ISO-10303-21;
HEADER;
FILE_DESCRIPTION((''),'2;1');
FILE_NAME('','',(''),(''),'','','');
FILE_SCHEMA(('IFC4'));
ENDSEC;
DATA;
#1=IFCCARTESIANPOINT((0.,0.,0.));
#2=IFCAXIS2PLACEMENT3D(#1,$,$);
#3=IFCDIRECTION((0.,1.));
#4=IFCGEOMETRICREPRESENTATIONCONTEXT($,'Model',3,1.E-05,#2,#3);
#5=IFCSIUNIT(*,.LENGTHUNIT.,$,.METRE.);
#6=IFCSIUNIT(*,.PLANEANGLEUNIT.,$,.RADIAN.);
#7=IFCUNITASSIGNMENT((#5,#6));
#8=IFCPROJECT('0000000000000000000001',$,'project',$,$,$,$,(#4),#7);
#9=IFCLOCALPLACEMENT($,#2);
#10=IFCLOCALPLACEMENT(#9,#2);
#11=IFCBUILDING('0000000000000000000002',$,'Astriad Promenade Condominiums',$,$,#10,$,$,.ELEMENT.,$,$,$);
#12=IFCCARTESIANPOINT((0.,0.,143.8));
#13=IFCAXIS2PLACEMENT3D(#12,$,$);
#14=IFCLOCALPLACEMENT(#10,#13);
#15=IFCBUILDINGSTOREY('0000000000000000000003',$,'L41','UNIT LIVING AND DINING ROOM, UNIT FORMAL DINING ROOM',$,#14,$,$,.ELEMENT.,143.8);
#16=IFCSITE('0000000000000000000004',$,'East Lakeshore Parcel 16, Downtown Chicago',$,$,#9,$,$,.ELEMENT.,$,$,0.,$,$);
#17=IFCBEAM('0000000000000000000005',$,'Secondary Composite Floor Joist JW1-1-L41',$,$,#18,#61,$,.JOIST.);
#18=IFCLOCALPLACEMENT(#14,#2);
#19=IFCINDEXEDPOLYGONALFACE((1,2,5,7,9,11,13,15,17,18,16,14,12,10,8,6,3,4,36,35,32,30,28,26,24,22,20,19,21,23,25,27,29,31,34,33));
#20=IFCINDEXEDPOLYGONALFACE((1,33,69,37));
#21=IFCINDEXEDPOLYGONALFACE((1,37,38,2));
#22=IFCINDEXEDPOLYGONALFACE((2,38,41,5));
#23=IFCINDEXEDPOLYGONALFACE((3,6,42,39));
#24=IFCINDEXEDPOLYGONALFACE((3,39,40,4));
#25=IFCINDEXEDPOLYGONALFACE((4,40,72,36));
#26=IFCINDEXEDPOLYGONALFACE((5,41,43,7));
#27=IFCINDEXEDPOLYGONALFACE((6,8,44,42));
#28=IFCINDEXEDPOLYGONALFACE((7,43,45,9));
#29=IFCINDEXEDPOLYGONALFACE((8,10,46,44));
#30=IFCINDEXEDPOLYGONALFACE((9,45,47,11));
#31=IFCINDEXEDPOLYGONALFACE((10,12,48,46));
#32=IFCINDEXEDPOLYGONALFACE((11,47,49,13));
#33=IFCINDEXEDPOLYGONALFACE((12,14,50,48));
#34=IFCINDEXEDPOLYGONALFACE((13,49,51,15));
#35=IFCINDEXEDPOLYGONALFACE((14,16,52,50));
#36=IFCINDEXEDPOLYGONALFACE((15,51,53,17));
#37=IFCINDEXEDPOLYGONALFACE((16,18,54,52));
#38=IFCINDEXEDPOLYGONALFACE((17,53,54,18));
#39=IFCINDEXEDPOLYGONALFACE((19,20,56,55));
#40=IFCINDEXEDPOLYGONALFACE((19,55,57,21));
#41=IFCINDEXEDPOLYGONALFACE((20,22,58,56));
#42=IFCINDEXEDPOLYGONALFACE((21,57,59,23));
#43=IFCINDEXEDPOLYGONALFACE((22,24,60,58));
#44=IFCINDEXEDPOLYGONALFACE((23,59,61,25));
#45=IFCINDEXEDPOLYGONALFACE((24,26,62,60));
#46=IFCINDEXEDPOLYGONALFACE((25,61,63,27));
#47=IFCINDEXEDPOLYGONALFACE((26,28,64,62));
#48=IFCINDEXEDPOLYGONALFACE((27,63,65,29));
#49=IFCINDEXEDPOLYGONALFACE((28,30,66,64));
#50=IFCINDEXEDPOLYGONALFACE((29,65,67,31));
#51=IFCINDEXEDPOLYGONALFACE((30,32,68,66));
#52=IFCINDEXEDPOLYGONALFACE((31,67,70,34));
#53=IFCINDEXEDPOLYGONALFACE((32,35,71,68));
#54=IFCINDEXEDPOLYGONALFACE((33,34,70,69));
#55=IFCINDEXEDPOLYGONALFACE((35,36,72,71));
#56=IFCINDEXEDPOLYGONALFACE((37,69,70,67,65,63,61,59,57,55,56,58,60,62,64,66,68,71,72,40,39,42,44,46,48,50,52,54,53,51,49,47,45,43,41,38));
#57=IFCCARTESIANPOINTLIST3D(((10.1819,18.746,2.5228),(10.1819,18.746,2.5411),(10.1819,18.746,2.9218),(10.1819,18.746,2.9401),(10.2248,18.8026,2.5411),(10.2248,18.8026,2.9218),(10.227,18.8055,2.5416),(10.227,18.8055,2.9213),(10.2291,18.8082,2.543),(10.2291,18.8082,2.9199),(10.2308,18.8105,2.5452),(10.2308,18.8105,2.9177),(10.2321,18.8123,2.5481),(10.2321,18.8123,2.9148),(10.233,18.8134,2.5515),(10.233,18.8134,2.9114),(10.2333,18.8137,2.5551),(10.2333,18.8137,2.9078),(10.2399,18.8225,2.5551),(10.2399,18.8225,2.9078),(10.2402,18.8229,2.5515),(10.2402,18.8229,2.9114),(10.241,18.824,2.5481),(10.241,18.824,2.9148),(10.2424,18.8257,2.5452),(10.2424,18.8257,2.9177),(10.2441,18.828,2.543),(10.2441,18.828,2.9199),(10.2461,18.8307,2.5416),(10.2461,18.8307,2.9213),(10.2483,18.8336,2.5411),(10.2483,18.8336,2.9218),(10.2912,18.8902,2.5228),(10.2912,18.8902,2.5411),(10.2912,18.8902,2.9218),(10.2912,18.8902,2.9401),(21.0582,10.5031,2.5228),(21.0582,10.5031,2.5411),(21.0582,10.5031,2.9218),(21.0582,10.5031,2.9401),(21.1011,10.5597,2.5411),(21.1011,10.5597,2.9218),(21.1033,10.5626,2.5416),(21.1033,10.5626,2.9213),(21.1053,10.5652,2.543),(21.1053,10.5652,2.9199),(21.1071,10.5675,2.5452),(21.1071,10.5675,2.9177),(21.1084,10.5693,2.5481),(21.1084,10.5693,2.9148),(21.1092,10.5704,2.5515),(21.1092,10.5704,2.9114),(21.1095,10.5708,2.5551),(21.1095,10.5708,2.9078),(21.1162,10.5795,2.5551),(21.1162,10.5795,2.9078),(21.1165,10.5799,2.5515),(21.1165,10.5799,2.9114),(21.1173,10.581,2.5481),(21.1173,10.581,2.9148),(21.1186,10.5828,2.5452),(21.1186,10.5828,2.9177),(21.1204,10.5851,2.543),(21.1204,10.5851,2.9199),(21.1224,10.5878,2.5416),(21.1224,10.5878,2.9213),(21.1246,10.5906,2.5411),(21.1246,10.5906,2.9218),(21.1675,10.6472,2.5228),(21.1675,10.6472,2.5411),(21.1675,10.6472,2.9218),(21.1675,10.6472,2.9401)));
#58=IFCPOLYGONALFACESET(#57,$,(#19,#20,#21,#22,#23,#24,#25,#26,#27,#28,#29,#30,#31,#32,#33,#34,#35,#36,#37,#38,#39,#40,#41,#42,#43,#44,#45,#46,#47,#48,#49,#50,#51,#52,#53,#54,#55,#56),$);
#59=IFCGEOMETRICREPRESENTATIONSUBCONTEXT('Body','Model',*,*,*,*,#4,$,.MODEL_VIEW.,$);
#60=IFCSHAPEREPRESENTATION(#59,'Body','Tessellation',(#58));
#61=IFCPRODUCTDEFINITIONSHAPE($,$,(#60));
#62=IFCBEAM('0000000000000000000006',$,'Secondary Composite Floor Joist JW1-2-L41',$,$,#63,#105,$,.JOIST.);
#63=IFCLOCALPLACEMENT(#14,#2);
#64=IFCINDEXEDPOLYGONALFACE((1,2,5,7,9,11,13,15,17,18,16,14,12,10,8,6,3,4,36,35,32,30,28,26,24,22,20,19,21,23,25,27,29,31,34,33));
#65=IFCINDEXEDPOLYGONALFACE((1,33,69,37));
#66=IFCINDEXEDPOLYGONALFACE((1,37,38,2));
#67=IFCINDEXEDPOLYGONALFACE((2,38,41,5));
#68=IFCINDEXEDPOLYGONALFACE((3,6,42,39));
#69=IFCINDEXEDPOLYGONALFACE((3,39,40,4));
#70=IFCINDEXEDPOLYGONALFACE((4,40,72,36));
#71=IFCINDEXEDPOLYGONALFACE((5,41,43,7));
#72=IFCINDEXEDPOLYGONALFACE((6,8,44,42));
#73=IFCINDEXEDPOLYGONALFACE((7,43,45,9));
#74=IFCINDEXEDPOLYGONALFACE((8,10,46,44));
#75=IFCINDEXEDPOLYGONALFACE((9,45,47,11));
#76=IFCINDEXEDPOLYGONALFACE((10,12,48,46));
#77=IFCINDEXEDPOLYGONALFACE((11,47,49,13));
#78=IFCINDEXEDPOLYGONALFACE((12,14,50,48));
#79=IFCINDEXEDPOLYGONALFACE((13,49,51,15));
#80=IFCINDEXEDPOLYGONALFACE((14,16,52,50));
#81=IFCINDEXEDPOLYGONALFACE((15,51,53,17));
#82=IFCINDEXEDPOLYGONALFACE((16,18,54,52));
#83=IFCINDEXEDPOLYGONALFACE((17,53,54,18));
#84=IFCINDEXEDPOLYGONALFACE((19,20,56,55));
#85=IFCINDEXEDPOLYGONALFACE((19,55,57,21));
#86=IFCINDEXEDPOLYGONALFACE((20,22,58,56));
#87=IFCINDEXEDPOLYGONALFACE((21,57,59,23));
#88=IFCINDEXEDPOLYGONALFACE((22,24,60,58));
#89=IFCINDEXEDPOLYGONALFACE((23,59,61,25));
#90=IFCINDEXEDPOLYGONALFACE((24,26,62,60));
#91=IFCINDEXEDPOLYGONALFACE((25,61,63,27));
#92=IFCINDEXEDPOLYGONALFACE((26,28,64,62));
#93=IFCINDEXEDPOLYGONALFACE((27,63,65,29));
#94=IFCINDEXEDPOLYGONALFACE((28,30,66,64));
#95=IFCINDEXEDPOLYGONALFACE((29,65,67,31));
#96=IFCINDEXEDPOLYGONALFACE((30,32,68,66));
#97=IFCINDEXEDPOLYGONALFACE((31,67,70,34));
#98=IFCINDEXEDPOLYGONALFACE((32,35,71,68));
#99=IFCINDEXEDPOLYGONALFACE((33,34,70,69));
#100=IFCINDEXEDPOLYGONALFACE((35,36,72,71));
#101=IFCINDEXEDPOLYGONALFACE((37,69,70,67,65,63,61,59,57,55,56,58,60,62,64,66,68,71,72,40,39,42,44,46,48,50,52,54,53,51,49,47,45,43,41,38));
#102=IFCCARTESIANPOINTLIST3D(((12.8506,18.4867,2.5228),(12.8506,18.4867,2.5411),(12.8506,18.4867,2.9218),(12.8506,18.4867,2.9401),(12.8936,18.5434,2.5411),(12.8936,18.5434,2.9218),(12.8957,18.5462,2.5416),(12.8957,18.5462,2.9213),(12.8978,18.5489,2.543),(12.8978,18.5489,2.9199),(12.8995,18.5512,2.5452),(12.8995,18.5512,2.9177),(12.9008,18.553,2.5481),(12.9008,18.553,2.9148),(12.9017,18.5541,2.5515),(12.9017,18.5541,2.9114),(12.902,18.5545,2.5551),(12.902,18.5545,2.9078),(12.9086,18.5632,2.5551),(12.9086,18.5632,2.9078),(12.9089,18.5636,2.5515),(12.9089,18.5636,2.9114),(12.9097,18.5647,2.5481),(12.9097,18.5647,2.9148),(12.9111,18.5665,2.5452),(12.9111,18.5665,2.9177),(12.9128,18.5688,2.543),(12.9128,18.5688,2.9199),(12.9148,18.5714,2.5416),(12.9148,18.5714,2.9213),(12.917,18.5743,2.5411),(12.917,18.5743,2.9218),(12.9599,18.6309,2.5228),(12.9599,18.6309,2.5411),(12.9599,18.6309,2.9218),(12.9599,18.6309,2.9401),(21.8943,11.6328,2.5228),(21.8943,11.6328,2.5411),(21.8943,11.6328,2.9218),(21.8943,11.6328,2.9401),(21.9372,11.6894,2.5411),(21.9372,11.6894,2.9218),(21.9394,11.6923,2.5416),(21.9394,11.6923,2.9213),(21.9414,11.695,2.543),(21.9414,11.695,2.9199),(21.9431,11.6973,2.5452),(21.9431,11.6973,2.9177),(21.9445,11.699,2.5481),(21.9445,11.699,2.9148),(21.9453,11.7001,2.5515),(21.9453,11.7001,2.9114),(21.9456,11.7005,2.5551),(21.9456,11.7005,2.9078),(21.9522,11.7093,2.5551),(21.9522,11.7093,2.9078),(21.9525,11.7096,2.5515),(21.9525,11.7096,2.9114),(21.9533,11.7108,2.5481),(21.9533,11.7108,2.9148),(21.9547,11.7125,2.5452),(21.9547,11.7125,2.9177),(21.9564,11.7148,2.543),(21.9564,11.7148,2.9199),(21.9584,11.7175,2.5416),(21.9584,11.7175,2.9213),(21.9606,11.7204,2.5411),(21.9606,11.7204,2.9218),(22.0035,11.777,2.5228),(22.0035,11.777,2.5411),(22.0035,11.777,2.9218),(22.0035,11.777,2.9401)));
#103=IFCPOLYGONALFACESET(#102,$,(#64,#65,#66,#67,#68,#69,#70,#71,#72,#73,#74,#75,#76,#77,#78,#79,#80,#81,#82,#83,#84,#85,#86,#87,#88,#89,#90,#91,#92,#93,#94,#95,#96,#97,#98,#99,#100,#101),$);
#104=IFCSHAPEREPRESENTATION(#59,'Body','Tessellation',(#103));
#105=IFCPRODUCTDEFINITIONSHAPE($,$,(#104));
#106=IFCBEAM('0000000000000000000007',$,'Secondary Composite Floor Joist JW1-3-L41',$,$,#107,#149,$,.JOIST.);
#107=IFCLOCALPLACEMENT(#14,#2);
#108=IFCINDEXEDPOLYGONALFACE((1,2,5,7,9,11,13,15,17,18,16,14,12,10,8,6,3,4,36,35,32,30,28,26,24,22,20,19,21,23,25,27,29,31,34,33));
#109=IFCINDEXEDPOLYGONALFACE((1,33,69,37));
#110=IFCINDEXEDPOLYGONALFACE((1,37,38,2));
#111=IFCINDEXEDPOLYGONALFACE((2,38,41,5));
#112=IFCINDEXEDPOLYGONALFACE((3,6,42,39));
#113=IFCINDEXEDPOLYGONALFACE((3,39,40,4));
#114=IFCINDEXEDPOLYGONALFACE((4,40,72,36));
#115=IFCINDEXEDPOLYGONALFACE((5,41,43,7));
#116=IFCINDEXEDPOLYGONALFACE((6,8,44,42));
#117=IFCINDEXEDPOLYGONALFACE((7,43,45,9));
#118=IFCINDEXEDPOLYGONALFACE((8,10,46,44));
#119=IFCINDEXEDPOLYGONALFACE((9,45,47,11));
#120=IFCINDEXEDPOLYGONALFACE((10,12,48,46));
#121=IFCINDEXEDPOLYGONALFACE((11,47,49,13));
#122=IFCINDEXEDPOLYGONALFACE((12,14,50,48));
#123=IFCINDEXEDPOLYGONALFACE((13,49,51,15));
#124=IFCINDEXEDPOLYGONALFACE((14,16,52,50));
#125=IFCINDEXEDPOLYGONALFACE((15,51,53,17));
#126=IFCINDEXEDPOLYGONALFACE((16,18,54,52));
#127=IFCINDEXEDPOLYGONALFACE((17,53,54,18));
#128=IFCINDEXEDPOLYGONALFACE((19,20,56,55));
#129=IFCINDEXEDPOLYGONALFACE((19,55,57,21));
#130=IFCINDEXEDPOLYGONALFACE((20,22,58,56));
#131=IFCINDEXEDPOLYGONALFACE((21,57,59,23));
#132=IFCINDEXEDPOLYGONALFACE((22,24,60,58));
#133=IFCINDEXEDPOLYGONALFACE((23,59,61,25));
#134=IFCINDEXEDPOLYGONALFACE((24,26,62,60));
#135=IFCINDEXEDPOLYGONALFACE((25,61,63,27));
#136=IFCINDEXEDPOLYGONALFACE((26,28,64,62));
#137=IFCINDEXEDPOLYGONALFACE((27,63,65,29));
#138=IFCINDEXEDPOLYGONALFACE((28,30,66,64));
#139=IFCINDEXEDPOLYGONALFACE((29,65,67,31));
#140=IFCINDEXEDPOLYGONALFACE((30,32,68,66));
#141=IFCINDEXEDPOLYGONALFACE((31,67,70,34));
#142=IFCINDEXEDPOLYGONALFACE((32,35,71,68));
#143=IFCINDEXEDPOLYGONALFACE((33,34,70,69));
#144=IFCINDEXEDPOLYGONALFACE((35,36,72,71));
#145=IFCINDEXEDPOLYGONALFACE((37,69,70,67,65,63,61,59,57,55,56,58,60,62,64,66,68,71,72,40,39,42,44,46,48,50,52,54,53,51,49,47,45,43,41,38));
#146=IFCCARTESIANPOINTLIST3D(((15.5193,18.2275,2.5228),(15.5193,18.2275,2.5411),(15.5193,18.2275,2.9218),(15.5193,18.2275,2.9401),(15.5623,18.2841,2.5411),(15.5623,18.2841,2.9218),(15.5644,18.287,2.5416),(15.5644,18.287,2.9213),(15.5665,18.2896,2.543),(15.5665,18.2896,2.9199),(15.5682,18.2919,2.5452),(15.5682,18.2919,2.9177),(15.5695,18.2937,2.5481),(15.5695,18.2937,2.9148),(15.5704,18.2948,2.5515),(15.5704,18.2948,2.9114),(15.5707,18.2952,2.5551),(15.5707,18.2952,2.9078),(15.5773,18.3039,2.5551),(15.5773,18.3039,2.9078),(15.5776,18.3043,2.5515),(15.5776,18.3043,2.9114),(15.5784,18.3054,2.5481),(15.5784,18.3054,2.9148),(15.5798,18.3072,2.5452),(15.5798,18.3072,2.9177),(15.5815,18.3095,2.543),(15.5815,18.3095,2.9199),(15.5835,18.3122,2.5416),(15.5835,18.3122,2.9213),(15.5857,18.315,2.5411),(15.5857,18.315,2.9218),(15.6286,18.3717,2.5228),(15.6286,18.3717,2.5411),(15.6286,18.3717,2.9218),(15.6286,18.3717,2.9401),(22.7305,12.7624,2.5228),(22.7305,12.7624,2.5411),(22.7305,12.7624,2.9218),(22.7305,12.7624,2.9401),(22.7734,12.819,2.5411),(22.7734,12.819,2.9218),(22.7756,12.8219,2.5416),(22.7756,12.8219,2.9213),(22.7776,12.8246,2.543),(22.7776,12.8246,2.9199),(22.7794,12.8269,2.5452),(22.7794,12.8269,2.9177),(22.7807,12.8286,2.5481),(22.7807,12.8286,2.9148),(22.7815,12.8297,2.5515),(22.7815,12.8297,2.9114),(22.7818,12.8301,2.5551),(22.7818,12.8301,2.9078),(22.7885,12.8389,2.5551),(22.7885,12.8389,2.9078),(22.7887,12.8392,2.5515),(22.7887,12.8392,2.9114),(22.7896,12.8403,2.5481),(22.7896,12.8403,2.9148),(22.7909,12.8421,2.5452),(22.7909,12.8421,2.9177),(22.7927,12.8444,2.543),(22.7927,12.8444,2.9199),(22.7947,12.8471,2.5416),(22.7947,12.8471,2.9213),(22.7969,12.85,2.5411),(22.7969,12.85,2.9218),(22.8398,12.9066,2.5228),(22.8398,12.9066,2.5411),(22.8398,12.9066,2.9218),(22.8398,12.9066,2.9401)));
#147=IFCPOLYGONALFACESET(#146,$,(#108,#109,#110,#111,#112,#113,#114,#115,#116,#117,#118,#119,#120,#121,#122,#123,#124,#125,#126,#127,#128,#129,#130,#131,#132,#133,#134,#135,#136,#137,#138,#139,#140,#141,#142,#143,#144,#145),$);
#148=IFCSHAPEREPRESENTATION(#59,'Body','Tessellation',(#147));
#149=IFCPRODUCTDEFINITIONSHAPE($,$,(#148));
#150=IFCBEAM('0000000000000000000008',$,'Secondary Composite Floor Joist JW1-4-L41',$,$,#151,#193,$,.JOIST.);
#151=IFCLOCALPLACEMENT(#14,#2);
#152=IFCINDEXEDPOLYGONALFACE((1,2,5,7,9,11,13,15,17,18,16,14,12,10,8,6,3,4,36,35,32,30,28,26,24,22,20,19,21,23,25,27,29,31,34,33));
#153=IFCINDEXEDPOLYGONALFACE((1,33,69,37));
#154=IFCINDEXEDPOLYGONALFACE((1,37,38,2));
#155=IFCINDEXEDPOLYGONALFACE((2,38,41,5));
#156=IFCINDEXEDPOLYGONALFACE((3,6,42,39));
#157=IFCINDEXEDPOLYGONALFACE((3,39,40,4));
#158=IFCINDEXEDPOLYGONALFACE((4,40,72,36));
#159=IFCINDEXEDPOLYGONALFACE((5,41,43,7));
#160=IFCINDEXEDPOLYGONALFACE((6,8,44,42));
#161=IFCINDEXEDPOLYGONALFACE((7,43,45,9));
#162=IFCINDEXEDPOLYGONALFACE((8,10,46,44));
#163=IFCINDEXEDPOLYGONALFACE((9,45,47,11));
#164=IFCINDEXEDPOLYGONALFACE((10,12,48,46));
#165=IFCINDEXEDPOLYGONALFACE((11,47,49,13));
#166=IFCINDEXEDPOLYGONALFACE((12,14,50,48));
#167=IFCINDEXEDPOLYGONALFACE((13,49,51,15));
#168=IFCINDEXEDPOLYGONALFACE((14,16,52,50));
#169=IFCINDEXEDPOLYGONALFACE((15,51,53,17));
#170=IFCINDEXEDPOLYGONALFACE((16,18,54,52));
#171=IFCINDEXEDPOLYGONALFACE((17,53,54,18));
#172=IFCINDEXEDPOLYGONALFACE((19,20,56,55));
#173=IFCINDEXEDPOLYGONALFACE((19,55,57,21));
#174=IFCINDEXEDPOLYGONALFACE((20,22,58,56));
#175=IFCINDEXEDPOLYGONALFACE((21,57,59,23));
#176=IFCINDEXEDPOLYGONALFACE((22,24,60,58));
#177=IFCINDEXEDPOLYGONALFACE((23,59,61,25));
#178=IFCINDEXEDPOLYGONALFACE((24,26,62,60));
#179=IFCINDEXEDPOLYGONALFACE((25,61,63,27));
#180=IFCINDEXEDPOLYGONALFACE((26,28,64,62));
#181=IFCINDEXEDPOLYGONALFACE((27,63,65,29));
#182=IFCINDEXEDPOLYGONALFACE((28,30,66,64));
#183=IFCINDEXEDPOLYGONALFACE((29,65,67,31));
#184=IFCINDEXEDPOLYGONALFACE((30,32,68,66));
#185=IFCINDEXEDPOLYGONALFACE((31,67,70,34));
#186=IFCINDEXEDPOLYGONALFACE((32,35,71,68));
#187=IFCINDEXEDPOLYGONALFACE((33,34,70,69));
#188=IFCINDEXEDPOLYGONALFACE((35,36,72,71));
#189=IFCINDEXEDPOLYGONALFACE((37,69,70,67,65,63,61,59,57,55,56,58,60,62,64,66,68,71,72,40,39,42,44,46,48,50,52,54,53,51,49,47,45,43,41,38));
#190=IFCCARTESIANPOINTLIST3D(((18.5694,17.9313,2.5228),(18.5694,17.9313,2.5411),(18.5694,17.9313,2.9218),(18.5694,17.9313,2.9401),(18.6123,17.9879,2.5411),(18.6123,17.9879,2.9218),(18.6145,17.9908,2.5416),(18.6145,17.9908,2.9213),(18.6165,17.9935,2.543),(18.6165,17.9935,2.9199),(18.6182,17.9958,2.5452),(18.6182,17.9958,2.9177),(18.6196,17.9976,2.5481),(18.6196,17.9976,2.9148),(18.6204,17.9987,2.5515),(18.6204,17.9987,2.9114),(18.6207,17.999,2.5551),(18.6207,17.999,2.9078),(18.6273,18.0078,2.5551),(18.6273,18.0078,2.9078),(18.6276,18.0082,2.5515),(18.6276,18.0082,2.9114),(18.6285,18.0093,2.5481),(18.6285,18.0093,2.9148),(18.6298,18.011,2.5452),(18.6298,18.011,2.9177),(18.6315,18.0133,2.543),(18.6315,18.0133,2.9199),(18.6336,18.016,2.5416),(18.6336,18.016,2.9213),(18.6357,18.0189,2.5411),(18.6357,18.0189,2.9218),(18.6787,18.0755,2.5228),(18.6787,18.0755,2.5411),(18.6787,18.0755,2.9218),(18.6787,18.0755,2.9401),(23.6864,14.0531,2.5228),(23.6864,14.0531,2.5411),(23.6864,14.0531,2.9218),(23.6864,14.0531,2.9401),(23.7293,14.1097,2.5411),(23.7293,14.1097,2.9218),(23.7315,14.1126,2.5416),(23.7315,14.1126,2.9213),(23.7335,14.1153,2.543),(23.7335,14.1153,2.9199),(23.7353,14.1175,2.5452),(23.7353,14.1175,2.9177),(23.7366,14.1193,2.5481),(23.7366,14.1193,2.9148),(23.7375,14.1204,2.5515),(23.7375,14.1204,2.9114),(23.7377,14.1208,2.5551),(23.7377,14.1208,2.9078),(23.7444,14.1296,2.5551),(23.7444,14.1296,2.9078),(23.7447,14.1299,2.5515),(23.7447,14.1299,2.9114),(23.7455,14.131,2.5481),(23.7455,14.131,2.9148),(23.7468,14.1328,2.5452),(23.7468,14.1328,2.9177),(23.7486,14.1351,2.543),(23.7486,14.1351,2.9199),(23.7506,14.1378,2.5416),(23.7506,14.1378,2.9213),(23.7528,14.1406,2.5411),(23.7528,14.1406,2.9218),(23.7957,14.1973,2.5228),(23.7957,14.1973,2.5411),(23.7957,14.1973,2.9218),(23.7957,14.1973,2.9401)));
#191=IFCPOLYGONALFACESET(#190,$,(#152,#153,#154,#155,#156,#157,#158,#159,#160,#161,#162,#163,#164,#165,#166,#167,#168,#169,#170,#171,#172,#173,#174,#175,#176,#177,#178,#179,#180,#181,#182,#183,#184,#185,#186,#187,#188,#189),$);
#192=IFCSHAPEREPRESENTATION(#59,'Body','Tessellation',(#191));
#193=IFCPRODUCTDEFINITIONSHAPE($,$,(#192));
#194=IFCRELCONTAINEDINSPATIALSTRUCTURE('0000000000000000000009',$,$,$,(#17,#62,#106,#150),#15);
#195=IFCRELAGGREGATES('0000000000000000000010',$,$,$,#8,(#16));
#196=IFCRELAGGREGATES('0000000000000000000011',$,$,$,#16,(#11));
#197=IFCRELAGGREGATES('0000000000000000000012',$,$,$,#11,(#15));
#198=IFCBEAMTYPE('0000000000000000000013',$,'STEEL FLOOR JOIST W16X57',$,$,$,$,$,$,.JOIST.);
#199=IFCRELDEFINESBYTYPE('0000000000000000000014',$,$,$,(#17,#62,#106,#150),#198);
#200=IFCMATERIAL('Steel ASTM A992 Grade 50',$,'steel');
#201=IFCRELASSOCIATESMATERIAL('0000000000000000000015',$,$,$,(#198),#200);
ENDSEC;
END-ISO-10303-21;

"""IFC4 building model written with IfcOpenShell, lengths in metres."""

from ifc_helpers import new_model, si_unit, direction, frame, origin, origin_2d, place, context, subcontext, project, spatial, i_section, extrude, source, transform, mapped, material, material_profile, profile_set, type_object, type_shapes, element, save


model = new_model("IFC4")

# Units and contexts
model_context = context("Model", 3, precision=1e-05, world=origin(), true_north=direction((0.0, 1.0)))
body_context = subcontext(model_context, "Body", "Model", "MODEL_VIEW")
ifc_project = project(units=[si_unit("LENGTHUNIT", "METRE"), si_unit("PLANEANGLEUNIT", "RADIAN")], contexts=[model_context])

# Site, building, storey
site_placement = place(None, origin())
site = spatial("IfcSite", under=ifc_project, at=site_placement, Name="East Lakeshore Parcel 16, Downtown Chicago", CompositionType="ELEMENT", RefElevation=0.0)
building_placement = place(site_placement, origin())
building = spatial("IfcBuilding", under=site, at=building_placement, Name="Astriad Promenade Condominiums", CompositionType="ELEMENT")
storey_placement = place(building_placement, frame((0.0, 0.0, 143.8)))
storey = spatial("IfcBuildingStorey", under=building, at=storey_placement, Name="L41", Description="UNIT LIVING AND DINING ROOM, UNIT FORMAL DINING ROOM", CompositionType="ELEMENT", Elevation=143.8)

# Beams
ifc_material_1 = material(Name="Steel ASTM A992 Grade 50", Category="steel")
ifc_material_profile_1 = material_profile(ifc_material_1, i_section(OverallWidth=0.1809, OverallDepth=0.4172, WebThickness=0.011, FlangeThickness=0.0183, FilletRadius=0.0139, at=origin_2d()), Name="W16X57")
ifc_profile_set_1 = profile_set([ifc_material_profile_1], Name="Steel ASTM A992 Grade 50")
beam_type_1 = type_object("IfcBeamType", Name="STEEL FLOOR JOIST W16X57", PredefinedType="JOIST", material=ifc_profile_set_1)
shared_shape_1 = source(origin(), body_context, "Body", "SweptSolid", [
    extrude(i_section(OverallWidth=0.1809, OverallDepth=0.4172, WebThickness=0.011, FlangeThickness=0.0183, FilletRadius=0.0139, at=origin_2d()), origin(), (0.0, 0.0, 1.0), 13.647),
])
beam_1_placement = place(storey_placement, frame((10.2366, 18.8181, 2.7314), z_axis=(0.796974, -0.604014, 0.0), x_axis=(0.604014, 0.796974, 0.0)))
element("IfcBeam", 1, at=beam_1_placement, inside=storey, type_object=beam_type_1, Name="Secondary Composite Floor Joist JW1-1-L41", PredefinedType="JOIST", context=body_context, shape_type="MappedRepresentation", body=[
    mapped(shared_shape_1, transform((0.0, 0.0, 0.0), scale=1.0)),
])
shared_shape_2 = source(origin(), body_context, "Body", "SweptSolid", [
    extrude(i_section(OverallWidth=0.1809, OverallDepth=0.4172, WebThickness=0.011, FlangeThickness=0.0183, FilletRadius=0.0139, at=origin_2d()), origin(), (0.0, 0.0, 1.0), 11.3474),
])
beam_2_placement = place(storey_placement, frame((12.9053, 18.5588, 2.7314), z_axis=(0.796977, -0.60401, 0.0), x_axis=(0.60401, 0.796977, 0.0)))
element("IfcBeam", 2, at=beam_2_placement, inside=storey, type_object=beam_type_1, Name="Secondary Composite Floor Joist JW1-2-L41", PredefinedType="JOIST", context=body_context, shape_type="MappedRepresentation", body=[
    mapped(shared_shape_2, transform((0.0, 0.0, 0.0), scale=1.0)),
])
shared_shape_3 = source(origin(), body_context, "Body", "SweptSolid", [
    extrude(i_section(OverallWidth=0.1809, OverallDepth=0.4172, WebThickness=0.011, FlangeThickness=0.0183, FilletRadius=0.0139, at=origin_2d()), origin(), (0.0, 0.0, 1.0), 9.0481),
])
beam_3_placement = place(storey_placement, frame((15.574, 18.2996, 2.7314), z_axis=(0.796982, -0.604003, 0.0), x_axis=(0.604003, 0.796982, 0.0)))
element("IfcBeam", 3, at=beam_3_placement, inside=storey, type_object=beam_type_1, Name="Secondary Composite Floor Joist JW1-3-L41", PredefinedType="JOIST", context=body_context, shape_type="MappedRepresentation", body=[
    mapped(shared_shape_3, transform((0.0, 0.0, 0.0), scale=1.0)),
])
shared_shape_4 = source(origin(), body_context, "Body", "SweptSolid", [
    extrude(i_section(OverallWidth=0.1809, OverallDepth=0.4172, WebThickness=0.011, FlangeThickness=0.0183, FilletRadius=0.0139, at=origin_2d()), origin(), (0.0, 0.0, 1.0), 6.4207),
])
type_shapes(beam_type_1, [shared_shape_1, shared_shape_2, shared_shape_3, shared_shape_4])
beam_4_placement = place(storey_placement, frame((18.624, 18.0034, 2.7314), z_axis=(0.796965, -0.604026, 0.0), x_axis=(0.604026, 0.796965, 0.0)))
element("IfcBeam", 4, at=beam_4_placement, inside=storey, type_object=beam_type_1, Name="Secondary Composite Floor Joist JW1-4-L41", PredefinedType="JOIST", context=body_context, shape_type="MappedRepresentation", body=[
    mapped(shared_shape_4, transform((0.0, 0.0, 0.0), scale=1.0)),
])

save(model, "model.ifc")
